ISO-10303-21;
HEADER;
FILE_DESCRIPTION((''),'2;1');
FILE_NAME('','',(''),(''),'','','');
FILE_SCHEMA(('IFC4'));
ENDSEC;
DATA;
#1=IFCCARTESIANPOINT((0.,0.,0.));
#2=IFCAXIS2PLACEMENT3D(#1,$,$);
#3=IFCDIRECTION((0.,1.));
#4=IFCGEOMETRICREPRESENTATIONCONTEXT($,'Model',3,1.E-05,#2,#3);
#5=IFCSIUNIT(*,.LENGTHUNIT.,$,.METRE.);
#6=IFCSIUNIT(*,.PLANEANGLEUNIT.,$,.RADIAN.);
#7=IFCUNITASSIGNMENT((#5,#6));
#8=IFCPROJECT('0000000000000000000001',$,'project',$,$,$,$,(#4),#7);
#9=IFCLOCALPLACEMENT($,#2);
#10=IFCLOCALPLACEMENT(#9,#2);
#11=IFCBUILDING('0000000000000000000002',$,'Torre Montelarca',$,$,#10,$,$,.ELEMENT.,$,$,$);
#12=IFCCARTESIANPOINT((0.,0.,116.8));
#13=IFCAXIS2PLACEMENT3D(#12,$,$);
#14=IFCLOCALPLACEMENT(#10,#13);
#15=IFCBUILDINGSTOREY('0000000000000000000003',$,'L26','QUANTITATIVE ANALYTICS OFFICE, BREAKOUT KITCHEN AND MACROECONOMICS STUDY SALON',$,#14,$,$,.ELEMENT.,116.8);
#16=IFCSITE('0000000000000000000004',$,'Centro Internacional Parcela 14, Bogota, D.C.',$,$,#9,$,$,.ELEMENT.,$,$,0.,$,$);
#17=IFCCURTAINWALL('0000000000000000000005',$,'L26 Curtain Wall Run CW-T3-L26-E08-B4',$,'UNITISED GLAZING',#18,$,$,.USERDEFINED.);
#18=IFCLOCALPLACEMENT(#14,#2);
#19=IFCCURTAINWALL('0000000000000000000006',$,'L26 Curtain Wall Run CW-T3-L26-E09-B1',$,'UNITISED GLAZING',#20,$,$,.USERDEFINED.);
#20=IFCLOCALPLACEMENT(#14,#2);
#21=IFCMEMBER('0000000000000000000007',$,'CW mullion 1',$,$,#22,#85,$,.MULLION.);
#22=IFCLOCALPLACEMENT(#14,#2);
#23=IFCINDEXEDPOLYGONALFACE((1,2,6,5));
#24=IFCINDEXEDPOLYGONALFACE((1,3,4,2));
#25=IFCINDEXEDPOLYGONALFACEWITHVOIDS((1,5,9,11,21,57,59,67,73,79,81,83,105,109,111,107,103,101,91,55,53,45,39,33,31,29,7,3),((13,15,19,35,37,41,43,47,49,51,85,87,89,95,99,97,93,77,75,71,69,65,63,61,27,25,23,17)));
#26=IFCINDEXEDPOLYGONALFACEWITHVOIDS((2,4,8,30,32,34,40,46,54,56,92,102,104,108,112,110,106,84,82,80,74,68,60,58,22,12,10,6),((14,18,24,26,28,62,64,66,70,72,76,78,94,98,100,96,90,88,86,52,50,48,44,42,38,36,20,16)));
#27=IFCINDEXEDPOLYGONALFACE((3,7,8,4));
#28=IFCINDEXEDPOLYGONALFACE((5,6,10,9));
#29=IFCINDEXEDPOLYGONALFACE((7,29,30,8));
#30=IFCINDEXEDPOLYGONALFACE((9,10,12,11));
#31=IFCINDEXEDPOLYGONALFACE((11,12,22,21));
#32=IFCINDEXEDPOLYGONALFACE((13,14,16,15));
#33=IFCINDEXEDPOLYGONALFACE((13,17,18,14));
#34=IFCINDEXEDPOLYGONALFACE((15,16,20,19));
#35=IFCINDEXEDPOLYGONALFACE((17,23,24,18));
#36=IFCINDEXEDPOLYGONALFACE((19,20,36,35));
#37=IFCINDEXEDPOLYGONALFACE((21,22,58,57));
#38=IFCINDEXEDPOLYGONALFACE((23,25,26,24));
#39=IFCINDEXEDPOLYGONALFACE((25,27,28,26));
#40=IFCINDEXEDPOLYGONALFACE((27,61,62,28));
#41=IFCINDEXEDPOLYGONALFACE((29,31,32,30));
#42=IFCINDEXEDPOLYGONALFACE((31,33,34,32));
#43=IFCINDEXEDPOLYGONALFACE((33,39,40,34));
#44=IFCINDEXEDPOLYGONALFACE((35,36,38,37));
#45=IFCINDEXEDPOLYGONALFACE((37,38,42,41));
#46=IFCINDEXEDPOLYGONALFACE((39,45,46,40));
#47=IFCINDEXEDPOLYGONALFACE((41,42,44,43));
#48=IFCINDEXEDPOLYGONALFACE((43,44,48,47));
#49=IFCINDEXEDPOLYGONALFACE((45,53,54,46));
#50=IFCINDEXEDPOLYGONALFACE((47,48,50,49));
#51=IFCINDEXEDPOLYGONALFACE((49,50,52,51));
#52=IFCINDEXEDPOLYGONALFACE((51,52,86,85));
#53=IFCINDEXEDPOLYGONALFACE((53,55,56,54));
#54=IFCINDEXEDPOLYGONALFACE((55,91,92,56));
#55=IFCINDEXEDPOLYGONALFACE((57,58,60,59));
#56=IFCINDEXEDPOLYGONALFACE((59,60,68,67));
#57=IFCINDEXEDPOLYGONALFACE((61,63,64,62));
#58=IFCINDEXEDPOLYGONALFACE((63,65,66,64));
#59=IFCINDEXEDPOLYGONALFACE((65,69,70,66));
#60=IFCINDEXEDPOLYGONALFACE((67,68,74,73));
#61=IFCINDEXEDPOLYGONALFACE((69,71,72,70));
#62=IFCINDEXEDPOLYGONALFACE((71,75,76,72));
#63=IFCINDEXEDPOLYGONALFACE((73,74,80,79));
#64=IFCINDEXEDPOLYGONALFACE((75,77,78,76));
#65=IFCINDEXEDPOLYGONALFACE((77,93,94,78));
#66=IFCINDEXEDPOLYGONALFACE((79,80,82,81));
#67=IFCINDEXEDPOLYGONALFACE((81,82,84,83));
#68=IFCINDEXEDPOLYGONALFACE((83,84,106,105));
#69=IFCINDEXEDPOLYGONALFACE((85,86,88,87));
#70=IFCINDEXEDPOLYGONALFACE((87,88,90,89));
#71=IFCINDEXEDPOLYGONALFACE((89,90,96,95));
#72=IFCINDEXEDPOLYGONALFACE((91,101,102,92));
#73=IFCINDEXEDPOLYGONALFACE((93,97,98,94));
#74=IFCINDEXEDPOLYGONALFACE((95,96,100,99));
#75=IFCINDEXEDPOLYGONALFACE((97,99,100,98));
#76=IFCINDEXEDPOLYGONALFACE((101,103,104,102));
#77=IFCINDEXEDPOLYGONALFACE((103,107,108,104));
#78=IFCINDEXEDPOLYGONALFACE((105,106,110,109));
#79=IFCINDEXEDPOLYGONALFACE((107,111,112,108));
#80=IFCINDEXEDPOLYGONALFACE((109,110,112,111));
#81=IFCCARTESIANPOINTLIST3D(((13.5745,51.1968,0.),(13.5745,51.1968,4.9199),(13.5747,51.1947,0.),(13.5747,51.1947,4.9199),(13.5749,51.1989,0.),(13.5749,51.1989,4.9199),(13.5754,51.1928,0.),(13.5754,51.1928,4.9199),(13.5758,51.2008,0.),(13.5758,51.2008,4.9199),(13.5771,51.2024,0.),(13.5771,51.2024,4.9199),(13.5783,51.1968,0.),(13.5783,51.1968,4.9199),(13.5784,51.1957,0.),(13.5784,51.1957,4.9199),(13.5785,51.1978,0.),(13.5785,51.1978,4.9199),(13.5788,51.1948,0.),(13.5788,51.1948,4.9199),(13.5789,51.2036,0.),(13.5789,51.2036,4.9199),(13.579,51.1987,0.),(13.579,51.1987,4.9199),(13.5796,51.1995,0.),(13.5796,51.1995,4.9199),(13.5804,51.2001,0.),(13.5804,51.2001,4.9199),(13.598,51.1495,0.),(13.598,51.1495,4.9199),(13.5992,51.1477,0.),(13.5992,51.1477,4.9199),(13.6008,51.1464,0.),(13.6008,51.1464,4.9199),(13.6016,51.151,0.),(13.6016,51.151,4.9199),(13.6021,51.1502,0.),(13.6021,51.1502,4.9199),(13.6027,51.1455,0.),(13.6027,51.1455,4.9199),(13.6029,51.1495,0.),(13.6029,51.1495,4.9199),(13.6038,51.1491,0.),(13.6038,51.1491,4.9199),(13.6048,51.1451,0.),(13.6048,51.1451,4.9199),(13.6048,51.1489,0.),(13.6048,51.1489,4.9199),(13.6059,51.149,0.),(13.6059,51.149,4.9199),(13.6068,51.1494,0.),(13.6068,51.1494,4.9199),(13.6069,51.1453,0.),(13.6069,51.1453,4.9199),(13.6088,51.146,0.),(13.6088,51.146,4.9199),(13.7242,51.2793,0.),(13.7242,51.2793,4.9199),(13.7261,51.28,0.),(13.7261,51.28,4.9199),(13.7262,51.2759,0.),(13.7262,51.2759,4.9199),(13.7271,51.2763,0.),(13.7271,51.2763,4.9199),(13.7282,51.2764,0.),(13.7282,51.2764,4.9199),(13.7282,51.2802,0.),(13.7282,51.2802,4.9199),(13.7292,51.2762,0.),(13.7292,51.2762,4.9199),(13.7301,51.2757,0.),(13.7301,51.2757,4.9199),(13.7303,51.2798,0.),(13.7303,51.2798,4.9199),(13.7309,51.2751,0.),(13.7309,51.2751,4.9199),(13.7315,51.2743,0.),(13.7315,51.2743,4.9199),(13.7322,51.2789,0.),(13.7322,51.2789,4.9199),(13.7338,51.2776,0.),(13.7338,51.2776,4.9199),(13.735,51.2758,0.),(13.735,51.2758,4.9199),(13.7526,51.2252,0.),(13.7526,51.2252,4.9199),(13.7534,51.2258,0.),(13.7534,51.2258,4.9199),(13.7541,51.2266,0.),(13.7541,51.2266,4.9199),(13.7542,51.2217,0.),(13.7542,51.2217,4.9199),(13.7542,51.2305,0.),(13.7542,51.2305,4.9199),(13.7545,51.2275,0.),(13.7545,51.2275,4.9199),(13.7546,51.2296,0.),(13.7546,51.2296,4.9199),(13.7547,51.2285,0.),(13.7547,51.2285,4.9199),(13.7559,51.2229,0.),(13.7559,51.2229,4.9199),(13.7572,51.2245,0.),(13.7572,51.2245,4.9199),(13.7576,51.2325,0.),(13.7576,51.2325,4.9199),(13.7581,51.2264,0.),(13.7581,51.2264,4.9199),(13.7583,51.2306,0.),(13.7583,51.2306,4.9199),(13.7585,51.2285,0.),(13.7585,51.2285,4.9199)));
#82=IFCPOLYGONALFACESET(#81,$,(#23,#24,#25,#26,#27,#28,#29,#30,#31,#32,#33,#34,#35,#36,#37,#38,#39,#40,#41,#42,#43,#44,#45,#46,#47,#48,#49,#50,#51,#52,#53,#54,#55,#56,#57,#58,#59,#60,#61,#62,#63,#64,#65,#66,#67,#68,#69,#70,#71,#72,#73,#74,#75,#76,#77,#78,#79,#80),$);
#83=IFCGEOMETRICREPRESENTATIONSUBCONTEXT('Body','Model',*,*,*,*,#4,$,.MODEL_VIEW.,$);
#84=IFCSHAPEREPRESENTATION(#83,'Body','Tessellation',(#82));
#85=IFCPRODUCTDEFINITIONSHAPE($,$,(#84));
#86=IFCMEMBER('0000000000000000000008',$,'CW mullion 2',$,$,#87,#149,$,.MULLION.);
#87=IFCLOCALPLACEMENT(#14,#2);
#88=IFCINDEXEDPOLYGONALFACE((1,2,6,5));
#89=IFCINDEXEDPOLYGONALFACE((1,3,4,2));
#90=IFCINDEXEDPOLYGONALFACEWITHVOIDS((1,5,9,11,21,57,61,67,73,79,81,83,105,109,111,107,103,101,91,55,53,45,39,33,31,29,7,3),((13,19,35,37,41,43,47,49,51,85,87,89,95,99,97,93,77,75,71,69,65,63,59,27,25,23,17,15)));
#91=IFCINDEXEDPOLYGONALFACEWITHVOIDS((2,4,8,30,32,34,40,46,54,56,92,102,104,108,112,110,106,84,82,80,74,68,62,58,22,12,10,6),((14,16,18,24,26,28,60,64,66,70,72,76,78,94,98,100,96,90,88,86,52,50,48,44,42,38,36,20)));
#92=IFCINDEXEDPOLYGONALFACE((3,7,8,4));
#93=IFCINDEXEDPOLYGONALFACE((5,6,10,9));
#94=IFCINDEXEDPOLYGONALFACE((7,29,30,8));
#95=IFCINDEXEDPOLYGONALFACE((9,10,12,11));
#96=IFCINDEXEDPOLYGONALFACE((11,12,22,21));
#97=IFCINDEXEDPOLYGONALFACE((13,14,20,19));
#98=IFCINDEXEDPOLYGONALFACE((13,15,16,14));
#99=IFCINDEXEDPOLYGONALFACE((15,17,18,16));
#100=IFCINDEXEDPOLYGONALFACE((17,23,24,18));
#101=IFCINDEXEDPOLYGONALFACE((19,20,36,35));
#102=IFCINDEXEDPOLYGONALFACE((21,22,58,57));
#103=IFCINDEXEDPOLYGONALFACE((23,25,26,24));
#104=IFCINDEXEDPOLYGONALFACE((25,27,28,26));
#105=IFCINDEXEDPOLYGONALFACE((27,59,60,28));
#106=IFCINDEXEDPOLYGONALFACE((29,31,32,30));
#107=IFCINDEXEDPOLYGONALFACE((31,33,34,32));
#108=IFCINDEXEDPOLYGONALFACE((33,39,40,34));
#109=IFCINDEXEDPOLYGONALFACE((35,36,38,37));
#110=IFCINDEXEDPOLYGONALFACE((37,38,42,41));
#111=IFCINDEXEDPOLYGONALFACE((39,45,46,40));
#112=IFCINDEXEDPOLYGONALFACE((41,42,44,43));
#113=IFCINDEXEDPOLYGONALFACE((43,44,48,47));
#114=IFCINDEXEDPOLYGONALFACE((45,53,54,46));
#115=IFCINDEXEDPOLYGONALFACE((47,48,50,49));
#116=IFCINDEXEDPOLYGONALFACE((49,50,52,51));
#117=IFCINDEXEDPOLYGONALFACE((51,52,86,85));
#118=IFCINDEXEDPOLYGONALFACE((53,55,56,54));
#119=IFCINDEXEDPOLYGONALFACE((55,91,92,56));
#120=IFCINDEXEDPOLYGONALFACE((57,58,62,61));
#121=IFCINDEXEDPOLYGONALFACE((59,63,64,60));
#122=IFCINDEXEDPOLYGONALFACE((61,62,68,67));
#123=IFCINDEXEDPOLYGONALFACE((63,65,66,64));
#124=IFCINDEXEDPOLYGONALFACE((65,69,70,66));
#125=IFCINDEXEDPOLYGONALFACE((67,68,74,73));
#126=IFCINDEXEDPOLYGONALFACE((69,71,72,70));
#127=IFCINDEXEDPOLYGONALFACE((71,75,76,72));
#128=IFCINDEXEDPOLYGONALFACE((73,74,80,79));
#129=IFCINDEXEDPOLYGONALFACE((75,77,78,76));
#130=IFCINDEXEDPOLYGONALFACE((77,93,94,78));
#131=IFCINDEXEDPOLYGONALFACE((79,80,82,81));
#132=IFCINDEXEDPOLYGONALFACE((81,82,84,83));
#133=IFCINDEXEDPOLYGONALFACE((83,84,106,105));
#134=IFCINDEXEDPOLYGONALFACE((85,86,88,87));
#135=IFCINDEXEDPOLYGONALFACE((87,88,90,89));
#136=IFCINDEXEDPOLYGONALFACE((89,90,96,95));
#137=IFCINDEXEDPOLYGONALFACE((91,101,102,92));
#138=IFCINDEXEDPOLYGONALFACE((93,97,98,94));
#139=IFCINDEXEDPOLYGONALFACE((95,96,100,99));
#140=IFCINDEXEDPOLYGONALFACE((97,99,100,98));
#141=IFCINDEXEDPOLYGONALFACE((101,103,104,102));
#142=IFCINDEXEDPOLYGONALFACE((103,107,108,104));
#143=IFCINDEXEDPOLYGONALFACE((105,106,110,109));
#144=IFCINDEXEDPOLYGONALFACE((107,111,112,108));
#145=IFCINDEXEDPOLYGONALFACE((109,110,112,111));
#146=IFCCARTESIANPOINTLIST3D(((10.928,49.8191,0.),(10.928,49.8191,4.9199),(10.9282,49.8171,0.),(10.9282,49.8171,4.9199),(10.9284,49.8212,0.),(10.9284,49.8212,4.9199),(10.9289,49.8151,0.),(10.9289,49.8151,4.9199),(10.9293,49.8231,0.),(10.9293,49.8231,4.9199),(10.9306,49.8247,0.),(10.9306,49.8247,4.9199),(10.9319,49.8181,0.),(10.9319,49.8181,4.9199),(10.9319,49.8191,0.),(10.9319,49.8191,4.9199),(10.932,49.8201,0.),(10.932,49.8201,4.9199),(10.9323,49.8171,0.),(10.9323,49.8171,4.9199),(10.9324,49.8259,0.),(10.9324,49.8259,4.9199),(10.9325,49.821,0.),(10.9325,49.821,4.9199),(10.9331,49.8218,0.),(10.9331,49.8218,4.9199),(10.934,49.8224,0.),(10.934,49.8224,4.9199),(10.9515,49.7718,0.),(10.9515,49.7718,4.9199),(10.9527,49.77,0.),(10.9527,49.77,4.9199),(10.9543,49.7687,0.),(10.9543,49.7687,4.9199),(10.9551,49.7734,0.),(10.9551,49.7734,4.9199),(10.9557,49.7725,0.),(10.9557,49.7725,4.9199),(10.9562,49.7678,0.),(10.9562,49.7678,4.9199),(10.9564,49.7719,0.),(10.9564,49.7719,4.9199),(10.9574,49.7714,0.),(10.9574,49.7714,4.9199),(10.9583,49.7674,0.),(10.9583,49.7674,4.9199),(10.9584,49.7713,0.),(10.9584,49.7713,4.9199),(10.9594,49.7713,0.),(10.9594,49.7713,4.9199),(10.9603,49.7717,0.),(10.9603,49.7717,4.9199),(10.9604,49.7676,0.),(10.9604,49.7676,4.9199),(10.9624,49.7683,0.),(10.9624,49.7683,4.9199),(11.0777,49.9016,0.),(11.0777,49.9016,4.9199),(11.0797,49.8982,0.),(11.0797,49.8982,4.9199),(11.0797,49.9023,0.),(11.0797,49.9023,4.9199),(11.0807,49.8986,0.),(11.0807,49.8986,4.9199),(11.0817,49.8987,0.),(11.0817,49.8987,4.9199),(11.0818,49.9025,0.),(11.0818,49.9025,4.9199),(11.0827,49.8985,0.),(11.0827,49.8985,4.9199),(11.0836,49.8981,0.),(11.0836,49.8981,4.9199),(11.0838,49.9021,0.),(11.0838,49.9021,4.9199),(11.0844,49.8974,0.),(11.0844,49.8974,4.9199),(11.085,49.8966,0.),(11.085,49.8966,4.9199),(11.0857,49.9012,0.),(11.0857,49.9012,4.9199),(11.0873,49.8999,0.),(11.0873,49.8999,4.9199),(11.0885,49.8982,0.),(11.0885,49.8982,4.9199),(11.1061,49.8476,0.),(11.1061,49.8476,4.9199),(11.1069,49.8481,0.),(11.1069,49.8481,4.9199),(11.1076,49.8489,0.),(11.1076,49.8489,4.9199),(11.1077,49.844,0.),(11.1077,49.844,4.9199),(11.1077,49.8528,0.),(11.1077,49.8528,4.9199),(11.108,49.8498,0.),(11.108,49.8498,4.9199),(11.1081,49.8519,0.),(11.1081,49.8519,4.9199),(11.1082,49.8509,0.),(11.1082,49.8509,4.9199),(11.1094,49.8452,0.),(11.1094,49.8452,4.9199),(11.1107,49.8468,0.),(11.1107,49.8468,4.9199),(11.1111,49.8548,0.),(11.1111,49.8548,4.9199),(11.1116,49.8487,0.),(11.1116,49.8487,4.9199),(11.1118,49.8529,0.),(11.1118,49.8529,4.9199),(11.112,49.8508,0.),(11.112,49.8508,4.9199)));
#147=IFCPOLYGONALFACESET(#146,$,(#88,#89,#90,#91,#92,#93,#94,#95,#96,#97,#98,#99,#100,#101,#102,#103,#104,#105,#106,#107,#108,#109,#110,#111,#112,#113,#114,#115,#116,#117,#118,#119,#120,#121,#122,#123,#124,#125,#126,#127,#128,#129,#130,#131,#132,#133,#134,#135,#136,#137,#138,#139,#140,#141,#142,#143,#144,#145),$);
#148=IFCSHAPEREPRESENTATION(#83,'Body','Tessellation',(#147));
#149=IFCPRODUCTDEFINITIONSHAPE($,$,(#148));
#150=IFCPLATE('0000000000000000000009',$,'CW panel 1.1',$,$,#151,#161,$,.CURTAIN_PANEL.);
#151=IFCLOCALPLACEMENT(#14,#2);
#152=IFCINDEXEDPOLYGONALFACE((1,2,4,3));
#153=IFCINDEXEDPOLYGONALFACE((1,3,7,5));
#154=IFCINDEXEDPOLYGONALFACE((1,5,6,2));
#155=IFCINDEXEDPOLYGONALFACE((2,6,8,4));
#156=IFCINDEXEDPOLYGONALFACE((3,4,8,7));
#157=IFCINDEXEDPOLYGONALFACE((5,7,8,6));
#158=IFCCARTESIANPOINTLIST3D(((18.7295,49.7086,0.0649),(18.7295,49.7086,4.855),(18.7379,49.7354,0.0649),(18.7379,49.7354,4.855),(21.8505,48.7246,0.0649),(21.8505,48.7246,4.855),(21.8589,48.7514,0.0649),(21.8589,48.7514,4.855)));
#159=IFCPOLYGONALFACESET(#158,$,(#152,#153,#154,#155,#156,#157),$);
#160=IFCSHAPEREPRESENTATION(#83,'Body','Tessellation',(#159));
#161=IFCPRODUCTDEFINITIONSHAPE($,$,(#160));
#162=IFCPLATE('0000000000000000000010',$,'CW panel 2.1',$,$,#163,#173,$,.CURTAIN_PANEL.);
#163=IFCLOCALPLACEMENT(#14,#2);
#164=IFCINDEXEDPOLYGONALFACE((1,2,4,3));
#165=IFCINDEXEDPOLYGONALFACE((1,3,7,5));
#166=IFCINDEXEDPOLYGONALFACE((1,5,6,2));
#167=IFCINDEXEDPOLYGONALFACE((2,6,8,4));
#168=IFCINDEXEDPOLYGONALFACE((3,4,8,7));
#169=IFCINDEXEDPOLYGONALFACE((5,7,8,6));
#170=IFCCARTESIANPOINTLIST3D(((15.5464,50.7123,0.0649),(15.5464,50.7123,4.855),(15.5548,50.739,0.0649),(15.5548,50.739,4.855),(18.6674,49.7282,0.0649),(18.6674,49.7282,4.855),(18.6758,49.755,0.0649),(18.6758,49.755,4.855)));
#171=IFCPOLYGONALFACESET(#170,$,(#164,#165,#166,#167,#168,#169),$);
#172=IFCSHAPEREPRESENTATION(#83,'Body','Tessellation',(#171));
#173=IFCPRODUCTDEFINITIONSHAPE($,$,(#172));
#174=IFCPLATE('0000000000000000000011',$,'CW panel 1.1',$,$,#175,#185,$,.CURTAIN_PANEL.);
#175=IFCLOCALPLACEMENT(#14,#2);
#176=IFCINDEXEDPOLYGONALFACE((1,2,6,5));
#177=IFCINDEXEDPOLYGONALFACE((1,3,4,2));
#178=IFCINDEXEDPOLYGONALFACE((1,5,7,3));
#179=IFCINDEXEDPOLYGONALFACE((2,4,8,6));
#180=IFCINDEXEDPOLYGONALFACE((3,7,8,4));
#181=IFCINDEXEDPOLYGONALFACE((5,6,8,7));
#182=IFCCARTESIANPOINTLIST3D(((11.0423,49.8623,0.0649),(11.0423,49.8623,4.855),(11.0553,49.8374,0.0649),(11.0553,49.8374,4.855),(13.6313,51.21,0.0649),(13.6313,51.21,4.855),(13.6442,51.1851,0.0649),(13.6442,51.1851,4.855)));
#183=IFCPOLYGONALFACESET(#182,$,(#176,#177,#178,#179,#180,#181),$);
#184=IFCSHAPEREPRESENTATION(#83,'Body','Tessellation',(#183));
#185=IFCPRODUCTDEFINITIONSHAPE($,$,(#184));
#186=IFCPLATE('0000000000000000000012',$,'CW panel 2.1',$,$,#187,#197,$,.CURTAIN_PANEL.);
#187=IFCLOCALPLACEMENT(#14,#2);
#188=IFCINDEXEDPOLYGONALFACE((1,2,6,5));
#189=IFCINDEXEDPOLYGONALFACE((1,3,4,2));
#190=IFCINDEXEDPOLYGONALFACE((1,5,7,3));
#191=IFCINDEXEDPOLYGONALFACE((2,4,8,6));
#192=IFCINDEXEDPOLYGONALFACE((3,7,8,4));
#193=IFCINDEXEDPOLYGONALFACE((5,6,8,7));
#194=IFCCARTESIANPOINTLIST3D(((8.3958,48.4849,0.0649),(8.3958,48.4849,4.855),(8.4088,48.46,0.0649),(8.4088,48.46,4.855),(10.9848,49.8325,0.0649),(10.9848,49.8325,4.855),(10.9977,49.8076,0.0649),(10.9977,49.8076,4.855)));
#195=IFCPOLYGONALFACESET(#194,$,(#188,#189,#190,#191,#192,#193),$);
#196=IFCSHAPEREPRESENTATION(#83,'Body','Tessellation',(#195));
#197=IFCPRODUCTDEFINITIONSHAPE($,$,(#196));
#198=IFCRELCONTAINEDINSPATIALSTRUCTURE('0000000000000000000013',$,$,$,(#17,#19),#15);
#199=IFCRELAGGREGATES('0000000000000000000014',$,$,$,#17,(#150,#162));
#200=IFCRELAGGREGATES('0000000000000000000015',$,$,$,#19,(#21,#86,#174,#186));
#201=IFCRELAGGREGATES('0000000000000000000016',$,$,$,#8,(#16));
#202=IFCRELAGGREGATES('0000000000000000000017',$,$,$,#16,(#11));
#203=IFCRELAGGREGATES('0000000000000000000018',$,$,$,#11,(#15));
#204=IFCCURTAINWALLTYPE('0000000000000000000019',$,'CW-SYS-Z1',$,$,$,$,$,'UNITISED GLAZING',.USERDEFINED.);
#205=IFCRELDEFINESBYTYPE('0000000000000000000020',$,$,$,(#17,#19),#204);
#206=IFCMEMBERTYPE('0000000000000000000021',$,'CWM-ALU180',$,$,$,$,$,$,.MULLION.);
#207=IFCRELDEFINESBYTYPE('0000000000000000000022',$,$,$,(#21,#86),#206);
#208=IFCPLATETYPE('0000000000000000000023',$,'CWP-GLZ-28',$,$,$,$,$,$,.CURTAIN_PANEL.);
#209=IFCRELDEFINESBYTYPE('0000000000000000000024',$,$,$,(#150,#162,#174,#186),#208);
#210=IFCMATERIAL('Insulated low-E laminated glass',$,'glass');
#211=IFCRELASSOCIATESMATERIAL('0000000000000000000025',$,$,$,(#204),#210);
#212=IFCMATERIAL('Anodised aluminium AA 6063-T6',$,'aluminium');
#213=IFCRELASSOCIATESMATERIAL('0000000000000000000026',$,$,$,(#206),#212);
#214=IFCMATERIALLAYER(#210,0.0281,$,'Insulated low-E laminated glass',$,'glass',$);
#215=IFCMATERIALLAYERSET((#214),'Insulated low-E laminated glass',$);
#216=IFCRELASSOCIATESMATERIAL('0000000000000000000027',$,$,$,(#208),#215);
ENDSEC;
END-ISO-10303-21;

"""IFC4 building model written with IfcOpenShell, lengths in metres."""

from ifc_helpers import new_model, si_unit, direction, frame, origin, origin_2d, place, context, subcontext, project, spatial, rectangle, hollow_rectangle, extrude, source, transform, mapped, material, layer, layer_set, material_profile, profile_set, type_object, element, aggregate, save


model = new_model("IFC4")

# Units and contexts
model_context = context("Model", 3, precision=1e-05, world=origin(), true_north=direction((0.0, 1.0)))
body_context = subcontext(model_context, "Body", "Model", "MODEL_VIEW")
ifc_project = project(units=[si_unit("LENGTHUNIT", "METRE"), si_unit("PLANEANGLEUNIT", "RADIAN")], contexts=[model_context])

# Site, building, storey
site_placement = place(None, origin())
site = spatial("IfcSite", under=ifc_project, at=site_placement, Name="Centro Internacional Parcela 14, Bogota, D.C.", CompositionType="ELEMENT", RefElevation=0.0)
building_placement = place(site_placement, origin())
building = spatial("IfcBuilding", under=site, at=building_placement, Name="Torre Montelarca", CompositionType="ELEMENT")
storey_placement = place(building_placement, frame((0.0, 0.0, 116.8)))
storey = spatial("IfcBuildingStorey", under=building, at=storey_placement, Name="L26", Description="QUANTITATIVE ANALYTICS OFFICE, BREAKOUT KITCHEN AND MACROECONOMICS STUDY SALON", CompositionType="ELEMENT", Elevation=116.8)

# Curtain walls
ifc_material_1 = material(Name="Insulated low-E laminated glass", Category="glass")
curtain_wall_type = type_object("IfcCurtainWallType", Name="CW-SYS-Z1", ElementType="UNITISED GLAZING", PredefinedType="USERDEFINED", material=ifc_material_1)
curtain_wall_1_placement = place(storey_placement, origin())
curtain_wall_1 = element("IfcCurtainWall", 1, at=curtain_wall_1_placement, inside=storey, type_object=curtain_wall_type, Name="L26 Curtain Wall Run CW-T3-L26-E08-B4", ObjectType="UNITISED GLAZING", PredefinedType="USERDEFINED")
ifc_material_2 = material(Name="Anodised aluminium AA 6063-T6", Category="aluminium")
curtain_wall_2_placement = place(storey_placement, origin())
curtain_wall_2 = element("IfcCurtainWall", 2, at=curtain_wall_2_placement, inside=storey, type_object=curtain_wall_type, Name="L26 Curtain Wall Run CW-T3-L26-E09-B1", ObjectType="UNITISED GLAZING", PredefinedType="USERDEFINED")

# Members
ifc_material_profile_1 = material_profile(ifc_material_2, hollow_rectangle(XDim=0.0649, YDim=0.1799, WallThickness=0.0039, InnerFilletRadius=0.0039, OuterFilletRadius=0.0081, at=origin_2d()), Name="ALU65X180X4", Category="aluminium")
ifc_profile_set_1 = profile_set([ifc_material_profile_1], Name="Anodised aluminium AA 6063-T6")
member_type_1 = type_object("IfcMemberType", Name="CWM-ALU180", PredefinedType="MULLION", material=ifc_profile_set_1)
shared_shape_1 = source(origin(), body_context, "Body", "SweptSolid", [
    extrude(hollow_rectangle(XDim=0.0649, YDim=0.1799, WallThickness=0.0039, InnerFilletRadius=0.0039, OuterFilletRadius=0.0081, at=origin_2d()), origin(), (0.0, 0.0, 1.0), 4.9199),
])
member_1_placement = place(storey_placement, frame((13.6665, 51.2126, 0.0), z_axis=(0.0, 0.0, 1.0), x_axis=(0.461729, -0.887021, 0.0)))
member_1 = element("IfcMember", 3, at=member_1_placement, type_object=member_type_1, Name="CW mullion 1", PredefinedType="MULLION", context=body_context, shape_type="MappedRepresentation", body=[
    mapped(shared_shape_1, transform((0.0, 0.0, 0.0), scale=1.0)),
])
member_2_placement = place(storey_placement, frame((11.02, 49.835, 0.0), z_axis=(0.0, 0.0, 1.0), x_axis=(0.461729, -0.887021, 0.0)))
member_2 = element("IfcMember", 4, at=member_2_placement, type_object=member_type_1, Name="CW mullion 2", PredefinedType="MULLION", context=body_context, shape_type="MappedRepresentation", body=[
    mapped(shared_shape_1, transform((0.0, 0.0, 0.0), scale=1.0)),
])

# Plates
ifc_layer_1 = layer(ifc_material_1, 0.0281, Name="Insulated low-E laminated glass", Category="glass")
ifc_layer_set_1 = layer_set([ifc_layer_1], Name="Insulated low-E laminated glass")
plate_type = type_object("IfcPlateType", Name="CWP-GLZ-28", PredefinedType="CURTAIN_PANEL", material=ifc_layer_set_1)
shared_shape_2 = source(origin(), body_context, "Body", "SweptSolid", [
    extrude(rectangle(XDim=3.2725, YDim=0.0281, at=origin_2d()), origin(), (0.0, 0.0, 1.0), 4.79),
])
plate_1_placement = place(storey_placement, frame((20.2942, 49.23, 0.0649), z_axis=(0.0, 0.0, 1.0), x_axis=(-0.95372, 0.300696, 0.0)))
plate_1 = element("IfcPlate", 5, at=plate_1_placement, type_object=plate_type, Name="CW panel 1.1", PredefinedType="CURTAIN_PANEL", context=body_context, shape_type="MappedRepresentation", body=[
    mapped(shared_shape_2, transform((0.0, 0.0, 0.0), scale=1.0)),
])
plate_2_placement = place(storey_placement, frame((17.1111, 50.2336, 0.0649), z_axis=(0.0, 0.0, 1.0), x_axis=(-0.95372, 0.300696, 0.0)))
plate_2 = element("IfcPlate", 6, at=plate_2_placement, type_object=plate_type, Name="CW panel 2.1", PredefinedType="CURTAIN_PANEL", context=body_context, shape_type="MappedRepresentation", body=[
    mapped(shared_shape_2, transform((0.0, 0.0, 0.0), scale=1.0)),
])
aggregate(curtain_wall_1, [plate_1, plate_2])
shared_shape_3 = source(origin(), body_context, "Body", "SweptSolid", [
    extrude(rectangle(XDim=2.9187, YDim=0.0281, at=origin_2d()), origin(), (0.0, 0.0, 1.0), 4.79),
])
plate_3_placement = place(storey_placement, frame((12.3433, 50.5237, 0.0649), z_axis=(0.0, 0.0, 1.0), x_axis=(-0.887021, -0.461729, 0.0)))
plate_3 = element("IfcPlate", 7, at=plate_3_placement, type_object=plate_type, Name="CW panel 1.1", PredefinedType="CURTAIN_PANEL", context=body_context, shape_type="MappedRepresentation", body=[
    mapped(shared_shape_3, transform((0.0, 0.0, 0.0), scale=1.0)),
])
plate_4_placement = place(storey_placement, frame((9.6968, 49.1462, 0.0649), z_axis=(0.0, 0.0, 1.0), x_axis=(-0.887021, -0.461729, 0.0)))
plate_4 = element("IfcPlate", 8, at=plate_4_placement, type_object=plate_type, Name="CW panel 2.1", PredefinedType="CURTAIN_PANEL", context=body_context, shape_type="MappedRepresentation", body=[
    mapped(shared_shape_3, transform((0.0, 0.0, 0.0), scale=1.0)),
])
aggregate(curtain_wall_2, [member_1, member_2, plate_3, plate_4])

save(model, "model.ifc")
